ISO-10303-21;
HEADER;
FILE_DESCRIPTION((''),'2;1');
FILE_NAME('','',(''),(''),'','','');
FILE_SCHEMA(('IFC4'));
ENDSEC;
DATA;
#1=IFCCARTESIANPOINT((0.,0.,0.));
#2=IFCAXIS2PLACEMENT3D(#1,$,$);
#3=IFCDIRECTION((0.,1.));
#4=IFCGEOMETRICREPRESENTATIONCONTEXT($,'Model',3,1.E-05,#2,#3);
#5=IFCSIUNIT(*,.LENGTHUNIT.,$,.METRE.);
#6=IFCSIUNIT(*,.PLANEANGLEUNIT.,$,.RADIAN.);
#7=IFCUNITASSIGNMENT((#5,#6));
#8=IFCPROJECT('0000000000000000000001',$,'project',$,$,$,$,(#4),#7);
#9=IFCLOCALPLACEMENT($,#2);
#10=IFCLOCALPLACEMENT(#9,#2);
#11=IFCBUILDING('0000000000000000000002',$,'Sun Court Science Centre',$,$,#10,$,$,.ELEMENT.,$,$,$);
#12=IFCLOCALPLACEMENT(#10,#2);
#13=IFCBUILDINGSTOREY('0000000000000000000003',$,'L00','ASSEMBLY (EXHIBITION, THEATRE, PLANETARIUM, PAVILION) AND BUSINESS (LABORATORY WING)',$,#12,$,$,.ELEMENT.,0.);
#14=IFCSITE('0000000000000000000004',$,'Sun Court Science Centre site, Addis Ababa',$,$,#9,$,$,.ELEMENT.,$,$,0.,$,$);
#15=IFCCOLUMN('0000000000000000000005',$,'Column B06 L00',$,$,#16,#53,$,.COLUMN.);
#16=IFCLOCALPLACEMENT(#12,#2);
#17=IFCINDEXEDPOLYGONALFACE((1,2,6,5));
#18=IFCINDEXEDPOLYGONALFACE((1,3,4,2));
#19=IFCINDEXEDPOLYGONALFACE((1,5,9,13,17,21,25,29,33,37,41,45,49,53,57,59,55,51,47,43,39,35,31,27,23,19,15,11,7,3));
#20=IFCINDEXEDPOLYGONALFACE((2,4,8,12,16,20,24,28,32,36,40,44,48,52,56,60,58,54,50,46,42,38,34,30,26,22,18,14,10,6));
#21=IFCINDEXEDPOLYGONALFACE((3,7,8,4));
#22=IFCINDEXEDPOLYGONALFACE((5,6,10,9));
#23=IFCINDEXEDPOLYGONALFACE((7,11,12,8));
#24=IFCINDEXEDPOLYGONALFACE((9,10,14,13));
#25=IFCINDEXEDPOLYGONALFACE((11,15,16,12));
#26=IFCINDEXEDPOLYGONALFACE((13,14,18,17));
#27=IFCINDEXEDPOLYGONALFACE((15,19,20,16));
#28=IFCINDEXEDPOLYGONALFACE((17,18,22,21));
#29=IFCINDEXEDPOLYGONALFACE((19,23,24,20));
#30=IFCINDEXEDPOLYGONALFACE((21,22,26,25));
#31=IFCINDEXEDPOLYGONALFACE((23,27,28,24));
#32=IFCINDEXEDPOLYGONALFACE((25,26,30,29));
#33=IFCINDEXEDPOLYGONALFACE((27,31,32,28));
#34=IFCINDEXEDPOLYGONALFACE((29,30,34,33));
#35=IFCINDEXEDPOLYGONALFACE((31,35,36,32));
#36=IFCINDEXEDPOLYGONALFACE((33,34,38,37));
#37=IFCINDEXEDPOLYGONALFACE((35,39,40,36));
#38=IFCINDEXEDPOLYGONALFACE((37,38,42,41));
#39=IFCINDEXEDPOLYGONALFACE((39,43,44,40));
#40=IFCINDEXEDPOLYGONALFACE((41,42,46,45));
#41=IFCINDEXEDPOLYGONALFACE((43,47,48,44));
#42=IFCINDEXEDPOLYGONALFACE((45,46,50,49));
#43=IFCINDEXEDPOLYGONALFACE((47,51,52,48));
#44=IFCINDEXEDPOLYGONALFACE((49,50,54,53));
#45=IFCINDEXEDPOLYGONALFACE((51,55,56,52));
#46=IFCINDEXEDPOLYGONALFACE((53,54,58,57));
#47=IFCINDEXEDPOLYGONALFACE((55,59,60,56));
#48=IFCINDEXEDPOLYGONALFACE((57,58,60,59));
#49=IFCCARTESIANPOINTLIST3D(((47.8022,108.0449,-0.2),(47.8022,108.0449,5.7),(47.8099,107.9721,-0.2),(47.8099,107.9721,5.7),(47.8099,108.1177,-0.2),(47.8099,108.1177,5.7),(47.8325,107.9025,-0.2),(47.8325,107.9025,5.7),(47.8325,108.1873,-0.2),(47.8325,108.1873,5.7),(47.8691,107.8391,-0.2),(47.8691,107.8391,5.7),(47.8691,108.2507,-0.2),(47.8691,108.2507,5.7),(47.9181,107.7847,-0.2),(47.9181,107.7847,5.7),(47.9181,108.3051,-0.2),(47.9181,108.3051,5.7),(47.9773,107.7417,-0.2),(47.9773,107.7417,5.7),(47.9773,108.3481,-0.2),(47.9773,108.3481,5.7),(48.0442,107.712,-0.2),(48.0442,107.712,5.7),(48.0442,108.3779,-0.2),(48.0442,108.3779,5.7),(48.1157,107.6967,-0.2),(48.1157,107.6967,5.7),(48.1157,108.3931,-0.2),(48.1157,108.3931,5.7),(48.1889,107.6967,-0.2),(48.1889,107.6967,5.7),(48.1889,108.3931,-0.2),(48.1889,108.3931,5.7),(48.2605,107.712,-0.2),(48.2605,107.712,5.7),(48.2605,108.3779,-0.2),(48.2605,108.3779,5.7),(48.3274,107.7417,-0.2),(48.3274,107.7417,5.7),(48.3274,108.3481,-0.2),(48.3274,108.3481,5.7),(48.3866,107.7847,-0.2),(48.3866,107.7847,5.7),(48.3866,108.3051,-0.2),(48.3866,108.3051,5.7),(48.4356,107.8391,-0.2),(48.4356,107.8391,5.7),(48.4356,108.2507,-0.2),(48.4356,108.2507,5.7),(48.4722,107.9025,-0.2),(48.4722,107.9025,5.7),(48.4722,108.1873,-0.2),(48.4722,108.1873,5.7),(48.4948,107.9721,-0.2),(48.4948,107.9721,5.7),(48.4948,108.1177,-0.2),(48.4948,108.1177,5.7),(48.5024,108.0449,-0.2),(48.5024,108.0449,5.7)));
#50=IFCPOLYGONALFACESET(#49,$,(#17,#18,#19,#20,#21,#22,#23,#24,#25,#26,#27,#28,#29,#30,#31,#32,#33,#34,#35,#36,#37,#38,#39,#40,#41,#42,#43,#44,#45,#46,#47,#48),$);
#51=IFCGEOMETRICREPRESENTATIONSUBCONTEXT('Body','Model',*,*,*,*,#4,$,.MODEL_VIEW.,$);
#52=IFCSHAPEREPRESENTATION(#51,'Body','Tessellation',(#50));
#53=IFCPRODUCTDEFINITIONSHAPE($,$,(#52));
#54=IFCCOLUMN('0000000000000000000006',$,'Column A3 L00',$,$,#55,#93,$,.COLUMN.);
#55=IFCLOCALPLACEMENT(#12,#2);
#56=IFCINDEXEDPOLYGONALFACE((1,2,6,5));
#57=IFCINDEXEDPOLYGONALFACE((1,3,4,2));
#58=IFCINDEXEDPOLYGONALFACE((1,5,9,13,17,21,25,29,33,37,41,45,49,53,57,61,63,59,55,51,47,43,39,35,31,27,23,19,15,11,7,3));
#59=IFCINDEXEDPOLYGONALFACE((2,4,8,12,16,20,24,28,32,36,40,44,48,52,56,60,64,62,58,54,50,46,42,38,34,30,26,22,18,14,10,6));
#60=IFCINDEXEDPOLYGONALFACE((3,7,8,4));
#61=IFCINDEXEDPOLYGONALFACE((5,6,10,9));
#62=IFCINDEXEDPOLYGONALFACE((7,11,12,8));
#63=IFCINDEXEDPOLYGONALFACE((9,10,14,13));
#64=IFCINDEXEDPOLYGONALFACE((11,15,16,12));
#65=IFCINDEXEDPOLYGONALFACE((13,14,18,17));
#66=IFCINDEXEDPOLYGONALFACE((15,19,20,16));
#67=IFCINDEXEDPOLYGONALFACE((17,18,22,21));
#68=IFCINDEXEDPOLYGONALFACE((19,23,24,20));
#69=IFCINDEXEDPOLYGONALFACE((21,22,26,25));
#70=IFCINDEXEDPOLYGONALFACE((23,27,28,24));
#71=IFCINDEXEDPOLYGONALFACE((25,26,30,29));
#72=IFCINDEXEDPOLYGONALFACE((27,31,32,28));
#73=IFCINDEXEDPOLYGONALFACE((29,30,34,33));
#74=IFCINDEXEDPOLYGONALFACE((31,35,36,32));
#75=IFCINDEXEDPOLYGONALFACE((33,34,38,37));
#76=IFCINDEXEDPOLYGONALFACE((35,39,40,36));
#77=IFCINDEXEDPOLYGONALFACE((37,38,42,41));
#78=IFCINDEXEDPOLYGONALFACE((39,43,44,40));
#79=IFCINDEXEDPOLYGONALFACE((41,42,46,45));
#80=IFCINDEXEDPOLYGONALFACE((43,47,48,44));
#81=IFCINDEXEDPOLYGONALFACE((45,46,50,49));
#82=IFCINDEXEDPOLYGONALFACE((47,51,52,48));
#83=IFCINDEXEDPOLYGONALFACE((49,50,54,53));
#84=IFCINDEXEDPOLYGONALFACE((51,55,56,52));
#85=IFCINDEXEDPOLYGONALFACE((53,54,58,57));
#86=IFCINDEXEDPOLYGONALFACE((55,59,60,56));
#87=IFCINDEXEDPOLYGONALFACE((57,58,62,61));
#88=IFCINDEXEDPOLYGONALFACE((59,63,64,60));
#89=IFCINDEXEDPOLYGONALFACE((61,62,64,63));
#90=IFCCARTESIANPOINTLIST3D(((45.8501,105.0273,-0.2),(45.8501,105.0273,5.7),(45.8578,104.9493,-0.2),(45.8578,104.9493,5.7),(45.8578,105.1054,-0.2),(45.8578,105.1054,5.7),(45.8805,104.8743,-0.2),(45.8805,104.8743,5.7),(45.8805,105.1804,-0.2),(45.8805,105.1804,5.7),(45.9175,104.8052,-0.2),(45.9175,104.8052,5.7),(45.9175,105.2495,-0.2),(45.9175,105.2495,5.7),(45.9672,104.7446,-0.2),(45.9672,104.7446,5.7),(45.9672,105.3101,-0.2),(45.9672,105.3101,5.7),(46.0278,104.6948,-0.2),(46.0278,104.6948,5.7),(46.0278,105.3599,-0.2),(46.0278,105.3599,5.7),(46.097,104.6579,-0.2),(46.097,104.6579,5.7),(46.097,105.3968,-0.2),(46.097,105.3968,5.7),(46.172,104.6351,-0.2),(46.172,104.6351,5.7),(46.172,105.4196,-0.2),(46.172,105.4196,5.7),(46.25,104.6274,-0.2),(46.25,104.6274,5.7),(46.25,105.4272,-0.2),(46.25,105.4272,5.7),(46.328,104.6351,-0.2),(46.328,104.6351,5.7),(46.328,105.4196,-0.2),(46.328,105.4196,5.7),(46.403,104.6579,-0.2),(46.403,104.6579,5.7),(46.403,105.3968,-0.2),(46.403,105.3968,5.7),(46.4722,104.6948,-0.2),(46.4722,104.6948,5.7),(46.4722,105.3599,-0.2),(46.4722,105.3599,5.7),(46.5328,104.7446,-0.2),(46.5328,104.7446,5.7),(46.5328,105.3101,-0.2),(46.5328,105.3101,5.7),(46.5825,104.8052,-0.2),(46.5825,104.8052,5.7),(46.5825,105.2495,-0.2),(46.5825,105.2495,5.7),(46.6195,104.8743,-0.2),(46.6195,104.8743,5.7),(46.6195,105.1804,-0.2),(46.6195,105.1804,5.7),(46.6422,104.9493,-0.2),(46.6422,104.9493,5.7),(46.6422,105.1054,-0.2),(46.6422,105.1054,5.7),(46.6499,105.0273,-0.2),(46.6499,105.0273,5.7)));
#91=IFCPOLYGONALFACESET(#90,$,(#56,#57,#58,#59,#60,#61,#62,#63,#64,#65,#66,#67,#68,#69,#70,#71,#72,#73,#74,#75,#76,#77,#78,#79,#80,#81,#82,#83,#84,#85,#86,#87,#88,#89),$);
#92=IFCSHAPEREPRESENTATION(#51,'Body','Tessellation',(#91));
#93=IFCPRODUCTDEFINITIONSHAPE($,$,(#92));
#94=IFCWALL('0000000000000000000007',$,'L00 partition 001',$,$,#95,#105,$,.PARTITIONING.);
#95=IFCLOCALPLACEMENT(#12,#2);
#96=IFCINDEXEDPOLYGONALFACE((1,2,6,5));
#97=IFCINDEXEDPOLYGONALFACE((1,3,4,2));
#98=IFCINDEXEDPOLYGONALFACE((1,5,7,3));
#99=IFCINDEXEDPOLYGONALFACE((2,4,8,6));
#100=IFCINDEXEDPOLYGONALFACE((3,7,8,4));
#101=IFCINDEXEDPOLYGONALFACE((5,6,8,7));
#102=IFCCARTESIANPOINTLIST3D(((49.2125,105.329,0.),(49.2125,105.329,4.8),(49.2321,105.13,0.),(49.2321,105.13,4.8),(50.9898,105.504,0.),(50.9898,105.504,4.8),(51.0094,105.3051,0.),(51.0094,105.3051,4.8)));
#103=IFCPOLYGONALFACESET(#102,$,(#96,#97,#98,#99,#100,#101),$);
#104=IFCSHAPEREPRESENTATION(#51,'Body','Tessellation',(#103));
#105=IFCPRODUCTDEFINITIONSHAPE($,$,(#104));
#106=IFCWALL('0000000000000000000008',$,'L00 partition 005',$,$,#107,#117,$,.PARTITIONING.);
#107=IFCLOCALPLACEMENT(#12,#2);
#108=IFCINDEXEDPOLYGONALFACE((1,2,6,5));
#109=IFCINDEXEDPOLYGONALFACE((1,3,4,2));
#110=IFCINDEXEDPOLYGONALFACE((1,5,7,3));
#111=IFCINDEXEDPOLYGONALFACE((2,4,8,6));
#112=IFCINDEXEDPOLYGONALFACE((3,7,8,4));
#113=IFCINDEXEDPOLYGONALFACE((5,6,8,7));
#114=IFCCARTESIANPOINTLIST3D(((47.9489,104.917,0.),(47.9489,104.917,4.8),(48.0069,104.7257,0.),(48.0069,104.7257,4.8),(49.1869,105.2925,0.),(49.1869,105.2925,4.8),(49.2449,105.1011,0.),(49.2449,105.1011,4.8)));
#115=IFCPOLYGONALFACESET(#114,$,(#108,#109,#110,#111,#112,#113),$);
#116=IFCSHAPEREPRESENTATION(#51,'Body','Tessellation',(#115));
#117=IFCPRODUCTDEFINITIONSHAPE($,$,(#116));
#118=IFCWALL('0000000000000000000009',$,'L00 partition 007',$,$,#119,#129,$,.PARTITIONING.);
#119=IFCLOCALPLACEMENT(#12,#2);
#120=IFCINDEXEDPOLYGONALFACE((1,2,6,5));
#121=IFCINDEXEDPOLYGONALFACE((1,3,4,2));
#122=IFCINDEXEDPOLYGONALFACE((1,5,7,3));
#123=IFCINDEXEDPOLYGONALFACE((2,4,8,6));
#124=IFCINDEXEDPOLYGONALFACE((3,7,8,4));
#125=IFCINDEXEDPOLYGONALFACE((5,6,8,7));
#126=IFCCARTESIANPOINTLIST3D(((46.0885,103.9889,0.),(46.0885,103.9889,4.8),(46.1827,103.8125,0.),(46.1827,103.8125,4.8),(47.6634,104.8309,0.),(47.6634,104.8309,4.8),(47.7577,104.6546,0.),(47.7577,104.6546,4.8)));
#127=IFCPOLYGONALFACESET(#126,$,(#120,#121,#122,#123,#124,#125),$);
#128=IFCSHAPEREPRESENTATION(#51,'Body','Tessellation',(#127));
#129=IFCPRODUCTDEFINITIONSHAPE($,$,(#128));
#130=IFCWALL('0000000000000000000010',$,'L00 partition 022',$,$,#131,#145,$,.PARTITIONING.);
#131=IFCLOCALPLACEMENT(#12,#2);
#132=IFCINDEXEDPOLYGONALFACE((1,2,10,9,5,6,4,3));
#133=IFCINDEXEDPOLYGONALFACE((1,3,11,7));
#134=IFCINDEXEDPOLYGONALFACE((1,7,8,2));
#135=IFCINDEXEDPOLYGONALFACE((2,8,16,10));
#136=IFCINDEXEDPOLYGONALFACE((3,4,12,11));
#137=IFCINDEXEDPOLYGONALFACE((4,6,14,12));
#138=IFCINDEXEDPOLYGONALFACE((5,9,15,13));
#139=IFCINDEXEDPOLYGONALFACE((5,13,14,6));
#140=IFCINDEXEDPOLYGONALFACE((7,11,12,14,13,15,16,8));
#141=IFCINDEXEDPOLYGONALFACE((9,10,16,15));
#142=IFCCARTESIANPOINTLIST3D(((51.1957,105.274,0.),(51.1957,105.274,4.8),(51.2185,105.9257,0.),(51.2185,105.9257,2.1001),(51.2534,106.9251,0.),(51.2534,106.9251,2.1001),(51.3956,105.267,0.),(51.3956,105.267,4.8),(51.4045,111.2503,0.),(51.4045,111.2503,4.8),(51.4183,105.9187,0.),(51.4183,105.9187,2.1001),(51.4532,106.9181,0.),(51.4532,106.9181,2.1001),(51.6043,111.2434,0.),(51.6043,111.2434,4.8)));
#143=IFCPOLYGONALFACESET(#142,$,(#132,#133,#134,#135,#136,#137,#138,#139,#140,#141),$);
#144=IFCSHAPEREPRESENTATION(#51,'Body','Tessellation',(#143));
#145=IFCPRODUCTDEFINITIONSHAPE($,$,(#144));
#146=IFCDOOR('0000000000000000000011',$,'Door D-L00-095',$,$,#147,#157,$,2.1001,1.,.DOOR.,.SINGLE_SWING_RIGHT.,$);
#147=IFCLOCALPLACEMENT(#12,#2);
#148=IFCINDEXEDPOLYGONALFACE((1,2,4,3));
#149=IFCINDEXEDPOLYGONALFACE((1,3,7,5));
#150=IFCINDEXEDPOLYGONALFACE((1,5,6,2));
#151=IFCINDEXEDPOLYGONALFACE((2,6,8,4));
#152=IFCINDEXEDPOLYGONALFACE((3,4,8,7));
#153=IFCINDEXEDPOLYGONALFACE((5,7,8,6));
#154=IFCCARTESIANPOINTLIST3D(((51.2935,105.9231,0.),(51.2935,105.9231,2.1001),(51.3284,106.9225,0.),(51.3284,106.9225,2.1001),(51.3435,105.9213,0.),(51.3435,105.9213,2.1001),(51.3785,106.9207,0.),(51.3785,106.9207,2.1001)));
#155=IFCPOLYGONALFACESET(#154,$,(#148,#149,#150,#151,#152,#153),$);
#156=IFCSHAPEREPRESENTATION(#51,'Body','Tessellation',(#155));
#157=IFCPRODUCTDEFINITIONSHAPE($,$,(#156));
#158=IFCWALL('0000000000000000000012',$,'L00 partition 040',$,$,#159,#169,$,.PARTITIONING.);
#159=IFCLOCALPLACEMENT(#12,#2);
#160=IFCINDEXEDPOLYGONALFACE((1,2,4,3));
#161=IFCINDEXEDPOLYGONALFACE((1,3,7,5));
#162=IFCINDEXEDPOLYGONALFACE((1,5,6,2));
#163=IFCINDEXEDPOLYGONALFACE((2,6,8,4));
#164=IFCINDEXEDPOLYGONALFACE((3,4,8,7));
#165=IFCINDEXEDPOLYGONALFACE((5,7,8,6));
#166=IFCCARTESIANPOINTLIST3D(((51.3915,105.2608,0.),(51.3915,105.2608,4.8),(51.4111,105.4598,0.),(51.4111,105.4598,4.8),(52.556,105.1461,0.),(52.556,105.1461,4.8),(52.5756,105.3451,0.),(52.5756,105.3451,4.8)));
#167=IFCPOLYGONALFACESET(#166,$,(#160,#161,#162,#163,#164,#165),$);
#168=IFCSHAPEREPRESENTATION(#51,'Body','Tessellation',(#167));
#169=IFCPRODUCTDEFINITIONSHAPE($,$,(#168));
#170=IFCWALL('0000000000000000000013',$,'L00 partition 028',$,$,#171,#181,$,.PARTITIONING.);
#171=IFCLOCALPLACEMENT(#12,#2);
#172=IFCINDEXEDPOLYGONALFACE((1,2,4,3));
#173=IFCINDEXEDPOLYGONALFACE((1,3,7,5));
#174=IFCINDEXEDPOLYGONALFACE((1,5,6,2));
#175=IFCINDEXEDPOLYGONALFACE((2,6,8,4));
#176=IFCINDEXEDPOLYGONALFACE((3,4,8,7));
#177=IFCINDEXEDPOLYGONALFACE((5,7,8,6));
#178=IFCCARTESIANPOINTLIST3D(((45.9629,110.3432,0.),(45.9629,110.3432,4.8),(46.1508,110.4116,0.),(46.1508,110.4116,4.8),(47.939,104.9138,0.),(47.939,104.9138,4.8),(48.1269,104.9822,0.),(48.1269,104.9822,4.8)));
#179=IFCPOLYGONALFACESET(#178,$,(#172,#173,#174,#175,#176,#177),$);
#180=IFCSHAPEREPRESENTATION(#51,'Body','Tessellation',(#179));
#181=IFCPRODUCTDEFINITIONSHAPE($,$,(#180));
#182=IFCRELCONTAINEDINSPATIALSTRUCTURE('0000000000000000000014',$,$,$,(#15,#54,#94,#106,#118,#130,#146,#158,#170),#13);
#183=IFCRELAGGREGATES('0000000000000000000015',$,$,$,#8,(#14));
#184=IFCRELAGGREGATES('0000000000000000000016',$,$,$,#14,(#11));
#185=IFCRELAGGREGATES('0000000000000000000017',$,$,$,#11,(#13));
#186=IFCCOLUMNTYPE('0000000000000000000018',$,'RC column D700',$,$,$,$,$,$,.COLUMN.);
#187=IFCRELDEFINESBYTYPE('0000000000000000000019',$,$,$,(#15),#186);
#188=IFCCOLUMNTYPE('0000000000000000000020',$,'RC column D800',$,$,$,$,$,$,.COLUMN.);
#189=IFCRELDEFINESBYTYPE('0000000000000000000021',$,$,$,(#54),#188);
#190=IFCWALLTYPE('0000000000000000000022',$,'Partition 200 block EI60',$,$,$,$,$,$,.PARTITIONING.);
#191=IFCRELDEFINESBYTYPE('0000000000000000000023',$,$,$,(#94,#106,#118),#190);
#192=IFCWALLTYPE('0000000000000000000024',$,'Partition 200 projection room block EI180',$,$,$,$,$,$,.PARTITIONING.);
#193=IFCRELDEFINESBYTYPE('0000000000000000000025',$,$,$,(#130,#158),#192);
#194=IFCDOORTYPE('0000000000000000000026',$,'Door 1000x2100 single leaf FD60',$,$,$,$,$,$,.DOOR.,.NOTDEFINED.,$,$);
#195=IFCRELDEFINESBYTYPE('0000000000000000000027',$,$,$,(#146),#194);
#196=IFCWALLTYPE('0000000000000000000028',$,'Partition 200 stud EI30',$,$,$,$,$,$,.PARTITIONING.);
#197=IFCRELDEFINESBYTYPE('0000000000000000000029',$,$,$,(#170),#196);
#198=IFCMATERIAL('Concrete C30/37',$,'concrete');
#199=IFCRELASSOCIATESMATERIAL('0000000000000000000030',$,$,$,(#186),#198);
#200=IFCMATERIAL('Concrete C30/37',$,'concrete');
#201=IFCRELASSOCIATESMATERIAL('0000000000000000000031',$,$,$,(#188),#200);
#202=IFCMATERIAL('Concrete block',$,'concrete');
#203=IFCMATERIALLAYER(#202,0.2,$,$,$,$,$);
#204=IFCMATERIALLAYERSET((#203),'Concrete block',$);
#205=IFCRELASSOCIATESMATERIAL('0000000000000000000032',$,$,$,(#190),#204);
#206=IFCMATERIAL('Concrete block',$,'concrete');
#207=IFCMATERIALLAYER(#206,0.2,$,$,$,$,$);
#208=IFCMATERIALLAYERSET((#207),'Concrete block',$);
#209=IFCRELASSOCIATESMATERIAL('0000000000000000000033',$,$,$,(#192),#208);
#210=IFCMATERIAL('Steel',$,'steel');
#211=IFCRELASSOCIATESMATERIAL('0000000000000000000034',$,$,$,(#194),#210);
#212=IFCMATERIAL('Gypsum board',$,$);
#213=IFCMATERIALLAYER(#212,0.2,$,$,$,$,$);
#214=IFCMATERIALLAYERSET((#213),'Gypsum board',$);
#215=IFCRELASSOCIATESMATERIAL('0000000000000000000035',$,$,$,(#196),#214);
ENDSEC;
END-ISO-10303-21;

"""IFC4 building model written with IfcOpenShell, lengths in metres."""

from ifc_helpers import new_model, si_unit, direction, frame, frame_2d, origin, origin_2d, place, context, subcontext, project, spatial, rectangle, circle, extrude, material, layer, layer_set, material_profile, profile_set, type_object, element, fill, save


model = new_model("IFC4")

# Units and contexts
model_context = context("Model", 3, precision=1e-05, world=origin(), true_north=direction((0.0, 1.0)))
body_context = subcontext(model_context, "Body", "Model", "MODEL_VIEW")
ifc_project = project(units=[si_unit("LENGTHUNIT", "METRE"), si_unit("PLANEANGLEUNIT", "RADIAN")], contexts=[model_context])

# Site, building, storey
site_placement = place(None, origin())
site = spatial("IfcSite", under=ifc_project, at=site_placement, Name="Sun Court Science Centre site, Addis Ababa", CompositionType="ELEMENT", RefElevation=0.0)
building_placement = place(site_placement, origin())
building = spatial("IfcBuilding", under=site, at=building_placement, Name="Sun Court Science Centre", CompositionType="ELEMENT")
storey_placement = place(building_placement, origin())
storey = spatial("IfcBuildingStorey", under=building, at=storey_placement, Name="L00", Description="ASSEMBLY (EXHIBITION, THEATRE, PLANETARIUM, PAVILION) AND BUSINESS (LABORATORY WING)", CompositionType="ELEMENT", Elevation=0.0)

# Columns
ifc_material_1 = material(Name="Concrete C30/37", Category="concrete")
ifc_material_profile_1 = material_profile(ifc_material_1, circle(Radius=0.3501, at=origin_2d()), Name="RC D700")
ifc_profile_set_1 = profile_set([ifc_material_profile_1], Name="Concrete C30/37")
column_type_1 = type_object("IfcColumnType", Name="RC column D700", PredefinedType="COLUMN", material=ifc_profile_set_1)
for number, where, z_axis, x_axis, name in (
    (1, (48.1523, 108.0449, -0.2), (0.0, 0.0, 1.0), (1.0, 0.0, 0.0), "Column B06 L00"),
):
    element("IfcColumn", number, at=place(storey_placement, frame(where, z_axis=z_axis, x_axis=x_axis)), inside=storey, type_object=column_type_1, Name=name, PredefinedType="COLUMN", context=body_context, shape_type="SweptSolid", body=[
        extrude(circle(Radius=0.3501, at=origin_2d()), origin(), (0.0, 0.0, 1.0), 5.8999),
    ])
ifc_material_2 = material(Name="Concrete C30/37", Category="concrete")
ifc_material_profile_2 = material_profile(ifc_material_2, circle(Radius=0.3999, at=origin_2d()), Name="RC D800")
ifc_profile_set_2 = profile_set([ifc_material_profile_2], Name="Concrete C30/37")
column_type_2 = type_object("IfcColumnType", Name="RC column D800", PredefinedType="COLUMN", material=ifc_profile_set_2)
column_placement = place(storey_placement, frame((46.25, 105.0273, -0.2), z_axis=(0.0, 0.0, 1.0), x_axis=(1.0, 0.0, 0.0)))
element("IfcColumn", 2, at=column_placement, inside=storey, type_object=column_type_2, Name="Column A3 L00", PredefinedType="COLUMN", context=body_context, shape_type="SweptSolid", body=[
    extrude(circle(Radius=0.3999, at=origin_2d()), origin(), (0.0, 0.0, 1.0), 5.8999),
])

# Walls
ifc_material_3 = material(Name="Concrete block", Category="concrete")
ifc_layer_1 = layer(ifc_material_3, 0.2)
ifc_layer_set_1 = layer_set([ifc_layer_1], Name="Concrete block")
wall_type_1 = type_object("IfcWallType", Name="Partition 200 block EI60", PredefinedType="PARTITIONING", material=ifc_layer_set_1)
wall_1_placement = place(storey_placement, frame((49.2222, 105.2295, 0.0), z_axis=(0.0, 0.0, 1.0), x_axis=(0.995185, 0.098015, 0.0)))
element("IfcWall", 3, at=wall_1_placement, inside=storey, type_object=wall_type_1, Name="L00 partition 001", PredefinedType="PARTITIONING", context=body_context, shape_type="SweptSolid", body=[
    extrude(rectangle(XDim=1.7859, YDim=0.2, at=frame_2d((0.8931, 0.0))), origin(), (0.0, 0.0, 1.0), 4.8),
])
wall_2_placement = place(storey_placement, frame((47.9778, 104.8213, 0.0), z_axis=(0.0, 0.0, 1.0), x_axis=(0.956955, 0.290238, 0.0)))
element("IfcWall", 4, at=wall_2_placement, inside=storey, type_object=wall_type_1, Name="L00 partition 005", PredefinedType="PARTITIONING", context=body_context, shape_type="SweptSolid", body=[
    extrude(rectangle(XDim=1.2937, YDim=0.2, at=frame_2d((0.647, 0.0))), origin(), (0.0, 0.0, 1.0), 4.8),
])
wall_3_placement = place(storey_placement, frame((46.1355, 103.9006, 0.0), z_axis=(0.0, 0.0, 1.0), x_axis=(0.881872, 0.471489, 0.0)))
element("IfcWall", 5, at=wall_3_placement, inside=storey, type_object=wall_type_1, Name="L00 partition 007", PredefinedType="PARTITIONING", context=body_context, shape_type="SweptSolid", body=[
    extrude(rectangle(XDim=1.7859, YDim=0.2, at=frame_2d((0.8931, 0.0))), origin(), (0.0, 0.0, 1.0), 4.8),
])

# Wall, opening, door
ifc_material_4 = material(Name="Concrete block", Category="concrete")
ifc_layer_2 = layer(ifc_material_4, 0.2)
ifc_layer_set_2 = layer_set([ifc_layer_2], Name="Concrete block")
wall_type_2 = type_object("IfcWallType", Name="Partition 200 projection room block EI180", PredefinedType="PARTITIONING", material=ifc_layer_set_2)
wall_4_placement = place(storey_placement, frame((51.2957, 105.2705, 0.0), z_axis=(0.0, 0.0, 1.0), x_axis=(0.034907, 0.999391, 0.0)))
wall_4 = element("IfcWall", 6, at=wall_4_placement, inside=storey, type_object=wall_type_2, Name="L00 partition 022", PredefinedType="PARTITIONING", context=body_context, shape_type="SweptSolid", body=[
    extrude(rectangle(XDim=5.98, YDim=0.2, at=frame_2d((2.99, 0.0))), origin(), (0.0, 0.0, 1.0), 4.8),
])
opening_placement = place(wall_4_placement, frame((0.6521, 0.0, 0.0)))
opening = element("IfcOpeningElement", 7, at=opening_placement, cuts=wall_4, PredefinedType="OPENING", context=body_context, shape_type="SweptSolid", body=[
    extrude(rectangle(XDim=1.0, YDim=2.1001, at=frame_2d((0.5, 1.05))), frame((0.0, 0.1099, 0.0), z_axis=(0.0, -1.0, 0.0), x_axis=(1.0, 0.0, 0.0)), (0.0, 0.0, 1.0), 0.22),
])
ifc_material_5 = material(Name="Steel", Category="steel")
door_type = type_object("IfcDoorType", Name="Door 1000x2100 single leaf FD60", OperationType="NOTDEFINED", PredefinedType="DOOR", material=ifc_material_5)
door_placement = place(opening_placement, origin())
door = element("IfcDoor", 8, at=door_placement, inside=storey, type_object=door_type, Name="Door D-L00-095", OperationType="SINGLE_SWING_RIGHT", OverallHeight=2.1001, OverallWidth=1.0, PredefinedType="DOOR", context=body_context, shape_type="SweptSolid", body=[
    extrude(rectangle(XDim=1.0, YDim=2.1001, at=frame_2d((0.5, 1.05))), frame((0.0, 0.0249, 0.0), z_axis=(0.0, -1.0, 0.0), x_axis=(1.0, 0.0, 0.0)), (0.0, 0.0, 1.0), 0.05),
])
fill(opening, door)

# Walls
wall_5_placement = place(storey_placement, frame((52.5657, 105.2456, 0.0), z_axis=(0.0, 0.0, 1.0), x_axis=(-0.995181, 0.098058, 0.0)))
element("IfcWall", 9, at=wall_5_placement, inside=storey, type_object=wall_type_2, Name="L00 partition 040", PredefinedType="PARTITIONING", context=body_context, shape_type="SweptSolid", body=[
    extrude(rectangle(XDim=1.1702, YDim=0.2, at=frame_2d((0.585, 0.0))), origin(), (0.0, 0.0, 1.0), 4.8),
])
ifc_material_6 = material(Name="Gypsum board")
ifc_layer_3 = layer(ifc_material_6, 0.2)
ifc_layer_set_3 = layer_set([ifc_layer_3], Name="Gypsum board")
wall_type_3 = type_object("IfcWallType", Name="Partition 200 stud EI30", PredefinedType="PARTITIONING", material=ifc_layer_set_3)
wall_6_placement = place(storey_placement, frame((48.033, 104.948, 0.0), z_axis=(0.0, 0.0, 1.0), x_axis=(-0.342008, 0.939697, 0.0)))
element("IfcWall", 10, at=wall_6_placement, inside=storey, type_object=wall_type_3, Name="L00 partition 028", PredefinedType="PARTITIONING", context=body_context, shape_type="SweptSolid", body=[
    extrude(rectangle(XDim=5.7778, YDim=0.2, at=frame_2d((2.8889, 0.0))), origin(), (0.0, 0.0, 1.0), 4.8),
])

save(model, "model.ifc")
